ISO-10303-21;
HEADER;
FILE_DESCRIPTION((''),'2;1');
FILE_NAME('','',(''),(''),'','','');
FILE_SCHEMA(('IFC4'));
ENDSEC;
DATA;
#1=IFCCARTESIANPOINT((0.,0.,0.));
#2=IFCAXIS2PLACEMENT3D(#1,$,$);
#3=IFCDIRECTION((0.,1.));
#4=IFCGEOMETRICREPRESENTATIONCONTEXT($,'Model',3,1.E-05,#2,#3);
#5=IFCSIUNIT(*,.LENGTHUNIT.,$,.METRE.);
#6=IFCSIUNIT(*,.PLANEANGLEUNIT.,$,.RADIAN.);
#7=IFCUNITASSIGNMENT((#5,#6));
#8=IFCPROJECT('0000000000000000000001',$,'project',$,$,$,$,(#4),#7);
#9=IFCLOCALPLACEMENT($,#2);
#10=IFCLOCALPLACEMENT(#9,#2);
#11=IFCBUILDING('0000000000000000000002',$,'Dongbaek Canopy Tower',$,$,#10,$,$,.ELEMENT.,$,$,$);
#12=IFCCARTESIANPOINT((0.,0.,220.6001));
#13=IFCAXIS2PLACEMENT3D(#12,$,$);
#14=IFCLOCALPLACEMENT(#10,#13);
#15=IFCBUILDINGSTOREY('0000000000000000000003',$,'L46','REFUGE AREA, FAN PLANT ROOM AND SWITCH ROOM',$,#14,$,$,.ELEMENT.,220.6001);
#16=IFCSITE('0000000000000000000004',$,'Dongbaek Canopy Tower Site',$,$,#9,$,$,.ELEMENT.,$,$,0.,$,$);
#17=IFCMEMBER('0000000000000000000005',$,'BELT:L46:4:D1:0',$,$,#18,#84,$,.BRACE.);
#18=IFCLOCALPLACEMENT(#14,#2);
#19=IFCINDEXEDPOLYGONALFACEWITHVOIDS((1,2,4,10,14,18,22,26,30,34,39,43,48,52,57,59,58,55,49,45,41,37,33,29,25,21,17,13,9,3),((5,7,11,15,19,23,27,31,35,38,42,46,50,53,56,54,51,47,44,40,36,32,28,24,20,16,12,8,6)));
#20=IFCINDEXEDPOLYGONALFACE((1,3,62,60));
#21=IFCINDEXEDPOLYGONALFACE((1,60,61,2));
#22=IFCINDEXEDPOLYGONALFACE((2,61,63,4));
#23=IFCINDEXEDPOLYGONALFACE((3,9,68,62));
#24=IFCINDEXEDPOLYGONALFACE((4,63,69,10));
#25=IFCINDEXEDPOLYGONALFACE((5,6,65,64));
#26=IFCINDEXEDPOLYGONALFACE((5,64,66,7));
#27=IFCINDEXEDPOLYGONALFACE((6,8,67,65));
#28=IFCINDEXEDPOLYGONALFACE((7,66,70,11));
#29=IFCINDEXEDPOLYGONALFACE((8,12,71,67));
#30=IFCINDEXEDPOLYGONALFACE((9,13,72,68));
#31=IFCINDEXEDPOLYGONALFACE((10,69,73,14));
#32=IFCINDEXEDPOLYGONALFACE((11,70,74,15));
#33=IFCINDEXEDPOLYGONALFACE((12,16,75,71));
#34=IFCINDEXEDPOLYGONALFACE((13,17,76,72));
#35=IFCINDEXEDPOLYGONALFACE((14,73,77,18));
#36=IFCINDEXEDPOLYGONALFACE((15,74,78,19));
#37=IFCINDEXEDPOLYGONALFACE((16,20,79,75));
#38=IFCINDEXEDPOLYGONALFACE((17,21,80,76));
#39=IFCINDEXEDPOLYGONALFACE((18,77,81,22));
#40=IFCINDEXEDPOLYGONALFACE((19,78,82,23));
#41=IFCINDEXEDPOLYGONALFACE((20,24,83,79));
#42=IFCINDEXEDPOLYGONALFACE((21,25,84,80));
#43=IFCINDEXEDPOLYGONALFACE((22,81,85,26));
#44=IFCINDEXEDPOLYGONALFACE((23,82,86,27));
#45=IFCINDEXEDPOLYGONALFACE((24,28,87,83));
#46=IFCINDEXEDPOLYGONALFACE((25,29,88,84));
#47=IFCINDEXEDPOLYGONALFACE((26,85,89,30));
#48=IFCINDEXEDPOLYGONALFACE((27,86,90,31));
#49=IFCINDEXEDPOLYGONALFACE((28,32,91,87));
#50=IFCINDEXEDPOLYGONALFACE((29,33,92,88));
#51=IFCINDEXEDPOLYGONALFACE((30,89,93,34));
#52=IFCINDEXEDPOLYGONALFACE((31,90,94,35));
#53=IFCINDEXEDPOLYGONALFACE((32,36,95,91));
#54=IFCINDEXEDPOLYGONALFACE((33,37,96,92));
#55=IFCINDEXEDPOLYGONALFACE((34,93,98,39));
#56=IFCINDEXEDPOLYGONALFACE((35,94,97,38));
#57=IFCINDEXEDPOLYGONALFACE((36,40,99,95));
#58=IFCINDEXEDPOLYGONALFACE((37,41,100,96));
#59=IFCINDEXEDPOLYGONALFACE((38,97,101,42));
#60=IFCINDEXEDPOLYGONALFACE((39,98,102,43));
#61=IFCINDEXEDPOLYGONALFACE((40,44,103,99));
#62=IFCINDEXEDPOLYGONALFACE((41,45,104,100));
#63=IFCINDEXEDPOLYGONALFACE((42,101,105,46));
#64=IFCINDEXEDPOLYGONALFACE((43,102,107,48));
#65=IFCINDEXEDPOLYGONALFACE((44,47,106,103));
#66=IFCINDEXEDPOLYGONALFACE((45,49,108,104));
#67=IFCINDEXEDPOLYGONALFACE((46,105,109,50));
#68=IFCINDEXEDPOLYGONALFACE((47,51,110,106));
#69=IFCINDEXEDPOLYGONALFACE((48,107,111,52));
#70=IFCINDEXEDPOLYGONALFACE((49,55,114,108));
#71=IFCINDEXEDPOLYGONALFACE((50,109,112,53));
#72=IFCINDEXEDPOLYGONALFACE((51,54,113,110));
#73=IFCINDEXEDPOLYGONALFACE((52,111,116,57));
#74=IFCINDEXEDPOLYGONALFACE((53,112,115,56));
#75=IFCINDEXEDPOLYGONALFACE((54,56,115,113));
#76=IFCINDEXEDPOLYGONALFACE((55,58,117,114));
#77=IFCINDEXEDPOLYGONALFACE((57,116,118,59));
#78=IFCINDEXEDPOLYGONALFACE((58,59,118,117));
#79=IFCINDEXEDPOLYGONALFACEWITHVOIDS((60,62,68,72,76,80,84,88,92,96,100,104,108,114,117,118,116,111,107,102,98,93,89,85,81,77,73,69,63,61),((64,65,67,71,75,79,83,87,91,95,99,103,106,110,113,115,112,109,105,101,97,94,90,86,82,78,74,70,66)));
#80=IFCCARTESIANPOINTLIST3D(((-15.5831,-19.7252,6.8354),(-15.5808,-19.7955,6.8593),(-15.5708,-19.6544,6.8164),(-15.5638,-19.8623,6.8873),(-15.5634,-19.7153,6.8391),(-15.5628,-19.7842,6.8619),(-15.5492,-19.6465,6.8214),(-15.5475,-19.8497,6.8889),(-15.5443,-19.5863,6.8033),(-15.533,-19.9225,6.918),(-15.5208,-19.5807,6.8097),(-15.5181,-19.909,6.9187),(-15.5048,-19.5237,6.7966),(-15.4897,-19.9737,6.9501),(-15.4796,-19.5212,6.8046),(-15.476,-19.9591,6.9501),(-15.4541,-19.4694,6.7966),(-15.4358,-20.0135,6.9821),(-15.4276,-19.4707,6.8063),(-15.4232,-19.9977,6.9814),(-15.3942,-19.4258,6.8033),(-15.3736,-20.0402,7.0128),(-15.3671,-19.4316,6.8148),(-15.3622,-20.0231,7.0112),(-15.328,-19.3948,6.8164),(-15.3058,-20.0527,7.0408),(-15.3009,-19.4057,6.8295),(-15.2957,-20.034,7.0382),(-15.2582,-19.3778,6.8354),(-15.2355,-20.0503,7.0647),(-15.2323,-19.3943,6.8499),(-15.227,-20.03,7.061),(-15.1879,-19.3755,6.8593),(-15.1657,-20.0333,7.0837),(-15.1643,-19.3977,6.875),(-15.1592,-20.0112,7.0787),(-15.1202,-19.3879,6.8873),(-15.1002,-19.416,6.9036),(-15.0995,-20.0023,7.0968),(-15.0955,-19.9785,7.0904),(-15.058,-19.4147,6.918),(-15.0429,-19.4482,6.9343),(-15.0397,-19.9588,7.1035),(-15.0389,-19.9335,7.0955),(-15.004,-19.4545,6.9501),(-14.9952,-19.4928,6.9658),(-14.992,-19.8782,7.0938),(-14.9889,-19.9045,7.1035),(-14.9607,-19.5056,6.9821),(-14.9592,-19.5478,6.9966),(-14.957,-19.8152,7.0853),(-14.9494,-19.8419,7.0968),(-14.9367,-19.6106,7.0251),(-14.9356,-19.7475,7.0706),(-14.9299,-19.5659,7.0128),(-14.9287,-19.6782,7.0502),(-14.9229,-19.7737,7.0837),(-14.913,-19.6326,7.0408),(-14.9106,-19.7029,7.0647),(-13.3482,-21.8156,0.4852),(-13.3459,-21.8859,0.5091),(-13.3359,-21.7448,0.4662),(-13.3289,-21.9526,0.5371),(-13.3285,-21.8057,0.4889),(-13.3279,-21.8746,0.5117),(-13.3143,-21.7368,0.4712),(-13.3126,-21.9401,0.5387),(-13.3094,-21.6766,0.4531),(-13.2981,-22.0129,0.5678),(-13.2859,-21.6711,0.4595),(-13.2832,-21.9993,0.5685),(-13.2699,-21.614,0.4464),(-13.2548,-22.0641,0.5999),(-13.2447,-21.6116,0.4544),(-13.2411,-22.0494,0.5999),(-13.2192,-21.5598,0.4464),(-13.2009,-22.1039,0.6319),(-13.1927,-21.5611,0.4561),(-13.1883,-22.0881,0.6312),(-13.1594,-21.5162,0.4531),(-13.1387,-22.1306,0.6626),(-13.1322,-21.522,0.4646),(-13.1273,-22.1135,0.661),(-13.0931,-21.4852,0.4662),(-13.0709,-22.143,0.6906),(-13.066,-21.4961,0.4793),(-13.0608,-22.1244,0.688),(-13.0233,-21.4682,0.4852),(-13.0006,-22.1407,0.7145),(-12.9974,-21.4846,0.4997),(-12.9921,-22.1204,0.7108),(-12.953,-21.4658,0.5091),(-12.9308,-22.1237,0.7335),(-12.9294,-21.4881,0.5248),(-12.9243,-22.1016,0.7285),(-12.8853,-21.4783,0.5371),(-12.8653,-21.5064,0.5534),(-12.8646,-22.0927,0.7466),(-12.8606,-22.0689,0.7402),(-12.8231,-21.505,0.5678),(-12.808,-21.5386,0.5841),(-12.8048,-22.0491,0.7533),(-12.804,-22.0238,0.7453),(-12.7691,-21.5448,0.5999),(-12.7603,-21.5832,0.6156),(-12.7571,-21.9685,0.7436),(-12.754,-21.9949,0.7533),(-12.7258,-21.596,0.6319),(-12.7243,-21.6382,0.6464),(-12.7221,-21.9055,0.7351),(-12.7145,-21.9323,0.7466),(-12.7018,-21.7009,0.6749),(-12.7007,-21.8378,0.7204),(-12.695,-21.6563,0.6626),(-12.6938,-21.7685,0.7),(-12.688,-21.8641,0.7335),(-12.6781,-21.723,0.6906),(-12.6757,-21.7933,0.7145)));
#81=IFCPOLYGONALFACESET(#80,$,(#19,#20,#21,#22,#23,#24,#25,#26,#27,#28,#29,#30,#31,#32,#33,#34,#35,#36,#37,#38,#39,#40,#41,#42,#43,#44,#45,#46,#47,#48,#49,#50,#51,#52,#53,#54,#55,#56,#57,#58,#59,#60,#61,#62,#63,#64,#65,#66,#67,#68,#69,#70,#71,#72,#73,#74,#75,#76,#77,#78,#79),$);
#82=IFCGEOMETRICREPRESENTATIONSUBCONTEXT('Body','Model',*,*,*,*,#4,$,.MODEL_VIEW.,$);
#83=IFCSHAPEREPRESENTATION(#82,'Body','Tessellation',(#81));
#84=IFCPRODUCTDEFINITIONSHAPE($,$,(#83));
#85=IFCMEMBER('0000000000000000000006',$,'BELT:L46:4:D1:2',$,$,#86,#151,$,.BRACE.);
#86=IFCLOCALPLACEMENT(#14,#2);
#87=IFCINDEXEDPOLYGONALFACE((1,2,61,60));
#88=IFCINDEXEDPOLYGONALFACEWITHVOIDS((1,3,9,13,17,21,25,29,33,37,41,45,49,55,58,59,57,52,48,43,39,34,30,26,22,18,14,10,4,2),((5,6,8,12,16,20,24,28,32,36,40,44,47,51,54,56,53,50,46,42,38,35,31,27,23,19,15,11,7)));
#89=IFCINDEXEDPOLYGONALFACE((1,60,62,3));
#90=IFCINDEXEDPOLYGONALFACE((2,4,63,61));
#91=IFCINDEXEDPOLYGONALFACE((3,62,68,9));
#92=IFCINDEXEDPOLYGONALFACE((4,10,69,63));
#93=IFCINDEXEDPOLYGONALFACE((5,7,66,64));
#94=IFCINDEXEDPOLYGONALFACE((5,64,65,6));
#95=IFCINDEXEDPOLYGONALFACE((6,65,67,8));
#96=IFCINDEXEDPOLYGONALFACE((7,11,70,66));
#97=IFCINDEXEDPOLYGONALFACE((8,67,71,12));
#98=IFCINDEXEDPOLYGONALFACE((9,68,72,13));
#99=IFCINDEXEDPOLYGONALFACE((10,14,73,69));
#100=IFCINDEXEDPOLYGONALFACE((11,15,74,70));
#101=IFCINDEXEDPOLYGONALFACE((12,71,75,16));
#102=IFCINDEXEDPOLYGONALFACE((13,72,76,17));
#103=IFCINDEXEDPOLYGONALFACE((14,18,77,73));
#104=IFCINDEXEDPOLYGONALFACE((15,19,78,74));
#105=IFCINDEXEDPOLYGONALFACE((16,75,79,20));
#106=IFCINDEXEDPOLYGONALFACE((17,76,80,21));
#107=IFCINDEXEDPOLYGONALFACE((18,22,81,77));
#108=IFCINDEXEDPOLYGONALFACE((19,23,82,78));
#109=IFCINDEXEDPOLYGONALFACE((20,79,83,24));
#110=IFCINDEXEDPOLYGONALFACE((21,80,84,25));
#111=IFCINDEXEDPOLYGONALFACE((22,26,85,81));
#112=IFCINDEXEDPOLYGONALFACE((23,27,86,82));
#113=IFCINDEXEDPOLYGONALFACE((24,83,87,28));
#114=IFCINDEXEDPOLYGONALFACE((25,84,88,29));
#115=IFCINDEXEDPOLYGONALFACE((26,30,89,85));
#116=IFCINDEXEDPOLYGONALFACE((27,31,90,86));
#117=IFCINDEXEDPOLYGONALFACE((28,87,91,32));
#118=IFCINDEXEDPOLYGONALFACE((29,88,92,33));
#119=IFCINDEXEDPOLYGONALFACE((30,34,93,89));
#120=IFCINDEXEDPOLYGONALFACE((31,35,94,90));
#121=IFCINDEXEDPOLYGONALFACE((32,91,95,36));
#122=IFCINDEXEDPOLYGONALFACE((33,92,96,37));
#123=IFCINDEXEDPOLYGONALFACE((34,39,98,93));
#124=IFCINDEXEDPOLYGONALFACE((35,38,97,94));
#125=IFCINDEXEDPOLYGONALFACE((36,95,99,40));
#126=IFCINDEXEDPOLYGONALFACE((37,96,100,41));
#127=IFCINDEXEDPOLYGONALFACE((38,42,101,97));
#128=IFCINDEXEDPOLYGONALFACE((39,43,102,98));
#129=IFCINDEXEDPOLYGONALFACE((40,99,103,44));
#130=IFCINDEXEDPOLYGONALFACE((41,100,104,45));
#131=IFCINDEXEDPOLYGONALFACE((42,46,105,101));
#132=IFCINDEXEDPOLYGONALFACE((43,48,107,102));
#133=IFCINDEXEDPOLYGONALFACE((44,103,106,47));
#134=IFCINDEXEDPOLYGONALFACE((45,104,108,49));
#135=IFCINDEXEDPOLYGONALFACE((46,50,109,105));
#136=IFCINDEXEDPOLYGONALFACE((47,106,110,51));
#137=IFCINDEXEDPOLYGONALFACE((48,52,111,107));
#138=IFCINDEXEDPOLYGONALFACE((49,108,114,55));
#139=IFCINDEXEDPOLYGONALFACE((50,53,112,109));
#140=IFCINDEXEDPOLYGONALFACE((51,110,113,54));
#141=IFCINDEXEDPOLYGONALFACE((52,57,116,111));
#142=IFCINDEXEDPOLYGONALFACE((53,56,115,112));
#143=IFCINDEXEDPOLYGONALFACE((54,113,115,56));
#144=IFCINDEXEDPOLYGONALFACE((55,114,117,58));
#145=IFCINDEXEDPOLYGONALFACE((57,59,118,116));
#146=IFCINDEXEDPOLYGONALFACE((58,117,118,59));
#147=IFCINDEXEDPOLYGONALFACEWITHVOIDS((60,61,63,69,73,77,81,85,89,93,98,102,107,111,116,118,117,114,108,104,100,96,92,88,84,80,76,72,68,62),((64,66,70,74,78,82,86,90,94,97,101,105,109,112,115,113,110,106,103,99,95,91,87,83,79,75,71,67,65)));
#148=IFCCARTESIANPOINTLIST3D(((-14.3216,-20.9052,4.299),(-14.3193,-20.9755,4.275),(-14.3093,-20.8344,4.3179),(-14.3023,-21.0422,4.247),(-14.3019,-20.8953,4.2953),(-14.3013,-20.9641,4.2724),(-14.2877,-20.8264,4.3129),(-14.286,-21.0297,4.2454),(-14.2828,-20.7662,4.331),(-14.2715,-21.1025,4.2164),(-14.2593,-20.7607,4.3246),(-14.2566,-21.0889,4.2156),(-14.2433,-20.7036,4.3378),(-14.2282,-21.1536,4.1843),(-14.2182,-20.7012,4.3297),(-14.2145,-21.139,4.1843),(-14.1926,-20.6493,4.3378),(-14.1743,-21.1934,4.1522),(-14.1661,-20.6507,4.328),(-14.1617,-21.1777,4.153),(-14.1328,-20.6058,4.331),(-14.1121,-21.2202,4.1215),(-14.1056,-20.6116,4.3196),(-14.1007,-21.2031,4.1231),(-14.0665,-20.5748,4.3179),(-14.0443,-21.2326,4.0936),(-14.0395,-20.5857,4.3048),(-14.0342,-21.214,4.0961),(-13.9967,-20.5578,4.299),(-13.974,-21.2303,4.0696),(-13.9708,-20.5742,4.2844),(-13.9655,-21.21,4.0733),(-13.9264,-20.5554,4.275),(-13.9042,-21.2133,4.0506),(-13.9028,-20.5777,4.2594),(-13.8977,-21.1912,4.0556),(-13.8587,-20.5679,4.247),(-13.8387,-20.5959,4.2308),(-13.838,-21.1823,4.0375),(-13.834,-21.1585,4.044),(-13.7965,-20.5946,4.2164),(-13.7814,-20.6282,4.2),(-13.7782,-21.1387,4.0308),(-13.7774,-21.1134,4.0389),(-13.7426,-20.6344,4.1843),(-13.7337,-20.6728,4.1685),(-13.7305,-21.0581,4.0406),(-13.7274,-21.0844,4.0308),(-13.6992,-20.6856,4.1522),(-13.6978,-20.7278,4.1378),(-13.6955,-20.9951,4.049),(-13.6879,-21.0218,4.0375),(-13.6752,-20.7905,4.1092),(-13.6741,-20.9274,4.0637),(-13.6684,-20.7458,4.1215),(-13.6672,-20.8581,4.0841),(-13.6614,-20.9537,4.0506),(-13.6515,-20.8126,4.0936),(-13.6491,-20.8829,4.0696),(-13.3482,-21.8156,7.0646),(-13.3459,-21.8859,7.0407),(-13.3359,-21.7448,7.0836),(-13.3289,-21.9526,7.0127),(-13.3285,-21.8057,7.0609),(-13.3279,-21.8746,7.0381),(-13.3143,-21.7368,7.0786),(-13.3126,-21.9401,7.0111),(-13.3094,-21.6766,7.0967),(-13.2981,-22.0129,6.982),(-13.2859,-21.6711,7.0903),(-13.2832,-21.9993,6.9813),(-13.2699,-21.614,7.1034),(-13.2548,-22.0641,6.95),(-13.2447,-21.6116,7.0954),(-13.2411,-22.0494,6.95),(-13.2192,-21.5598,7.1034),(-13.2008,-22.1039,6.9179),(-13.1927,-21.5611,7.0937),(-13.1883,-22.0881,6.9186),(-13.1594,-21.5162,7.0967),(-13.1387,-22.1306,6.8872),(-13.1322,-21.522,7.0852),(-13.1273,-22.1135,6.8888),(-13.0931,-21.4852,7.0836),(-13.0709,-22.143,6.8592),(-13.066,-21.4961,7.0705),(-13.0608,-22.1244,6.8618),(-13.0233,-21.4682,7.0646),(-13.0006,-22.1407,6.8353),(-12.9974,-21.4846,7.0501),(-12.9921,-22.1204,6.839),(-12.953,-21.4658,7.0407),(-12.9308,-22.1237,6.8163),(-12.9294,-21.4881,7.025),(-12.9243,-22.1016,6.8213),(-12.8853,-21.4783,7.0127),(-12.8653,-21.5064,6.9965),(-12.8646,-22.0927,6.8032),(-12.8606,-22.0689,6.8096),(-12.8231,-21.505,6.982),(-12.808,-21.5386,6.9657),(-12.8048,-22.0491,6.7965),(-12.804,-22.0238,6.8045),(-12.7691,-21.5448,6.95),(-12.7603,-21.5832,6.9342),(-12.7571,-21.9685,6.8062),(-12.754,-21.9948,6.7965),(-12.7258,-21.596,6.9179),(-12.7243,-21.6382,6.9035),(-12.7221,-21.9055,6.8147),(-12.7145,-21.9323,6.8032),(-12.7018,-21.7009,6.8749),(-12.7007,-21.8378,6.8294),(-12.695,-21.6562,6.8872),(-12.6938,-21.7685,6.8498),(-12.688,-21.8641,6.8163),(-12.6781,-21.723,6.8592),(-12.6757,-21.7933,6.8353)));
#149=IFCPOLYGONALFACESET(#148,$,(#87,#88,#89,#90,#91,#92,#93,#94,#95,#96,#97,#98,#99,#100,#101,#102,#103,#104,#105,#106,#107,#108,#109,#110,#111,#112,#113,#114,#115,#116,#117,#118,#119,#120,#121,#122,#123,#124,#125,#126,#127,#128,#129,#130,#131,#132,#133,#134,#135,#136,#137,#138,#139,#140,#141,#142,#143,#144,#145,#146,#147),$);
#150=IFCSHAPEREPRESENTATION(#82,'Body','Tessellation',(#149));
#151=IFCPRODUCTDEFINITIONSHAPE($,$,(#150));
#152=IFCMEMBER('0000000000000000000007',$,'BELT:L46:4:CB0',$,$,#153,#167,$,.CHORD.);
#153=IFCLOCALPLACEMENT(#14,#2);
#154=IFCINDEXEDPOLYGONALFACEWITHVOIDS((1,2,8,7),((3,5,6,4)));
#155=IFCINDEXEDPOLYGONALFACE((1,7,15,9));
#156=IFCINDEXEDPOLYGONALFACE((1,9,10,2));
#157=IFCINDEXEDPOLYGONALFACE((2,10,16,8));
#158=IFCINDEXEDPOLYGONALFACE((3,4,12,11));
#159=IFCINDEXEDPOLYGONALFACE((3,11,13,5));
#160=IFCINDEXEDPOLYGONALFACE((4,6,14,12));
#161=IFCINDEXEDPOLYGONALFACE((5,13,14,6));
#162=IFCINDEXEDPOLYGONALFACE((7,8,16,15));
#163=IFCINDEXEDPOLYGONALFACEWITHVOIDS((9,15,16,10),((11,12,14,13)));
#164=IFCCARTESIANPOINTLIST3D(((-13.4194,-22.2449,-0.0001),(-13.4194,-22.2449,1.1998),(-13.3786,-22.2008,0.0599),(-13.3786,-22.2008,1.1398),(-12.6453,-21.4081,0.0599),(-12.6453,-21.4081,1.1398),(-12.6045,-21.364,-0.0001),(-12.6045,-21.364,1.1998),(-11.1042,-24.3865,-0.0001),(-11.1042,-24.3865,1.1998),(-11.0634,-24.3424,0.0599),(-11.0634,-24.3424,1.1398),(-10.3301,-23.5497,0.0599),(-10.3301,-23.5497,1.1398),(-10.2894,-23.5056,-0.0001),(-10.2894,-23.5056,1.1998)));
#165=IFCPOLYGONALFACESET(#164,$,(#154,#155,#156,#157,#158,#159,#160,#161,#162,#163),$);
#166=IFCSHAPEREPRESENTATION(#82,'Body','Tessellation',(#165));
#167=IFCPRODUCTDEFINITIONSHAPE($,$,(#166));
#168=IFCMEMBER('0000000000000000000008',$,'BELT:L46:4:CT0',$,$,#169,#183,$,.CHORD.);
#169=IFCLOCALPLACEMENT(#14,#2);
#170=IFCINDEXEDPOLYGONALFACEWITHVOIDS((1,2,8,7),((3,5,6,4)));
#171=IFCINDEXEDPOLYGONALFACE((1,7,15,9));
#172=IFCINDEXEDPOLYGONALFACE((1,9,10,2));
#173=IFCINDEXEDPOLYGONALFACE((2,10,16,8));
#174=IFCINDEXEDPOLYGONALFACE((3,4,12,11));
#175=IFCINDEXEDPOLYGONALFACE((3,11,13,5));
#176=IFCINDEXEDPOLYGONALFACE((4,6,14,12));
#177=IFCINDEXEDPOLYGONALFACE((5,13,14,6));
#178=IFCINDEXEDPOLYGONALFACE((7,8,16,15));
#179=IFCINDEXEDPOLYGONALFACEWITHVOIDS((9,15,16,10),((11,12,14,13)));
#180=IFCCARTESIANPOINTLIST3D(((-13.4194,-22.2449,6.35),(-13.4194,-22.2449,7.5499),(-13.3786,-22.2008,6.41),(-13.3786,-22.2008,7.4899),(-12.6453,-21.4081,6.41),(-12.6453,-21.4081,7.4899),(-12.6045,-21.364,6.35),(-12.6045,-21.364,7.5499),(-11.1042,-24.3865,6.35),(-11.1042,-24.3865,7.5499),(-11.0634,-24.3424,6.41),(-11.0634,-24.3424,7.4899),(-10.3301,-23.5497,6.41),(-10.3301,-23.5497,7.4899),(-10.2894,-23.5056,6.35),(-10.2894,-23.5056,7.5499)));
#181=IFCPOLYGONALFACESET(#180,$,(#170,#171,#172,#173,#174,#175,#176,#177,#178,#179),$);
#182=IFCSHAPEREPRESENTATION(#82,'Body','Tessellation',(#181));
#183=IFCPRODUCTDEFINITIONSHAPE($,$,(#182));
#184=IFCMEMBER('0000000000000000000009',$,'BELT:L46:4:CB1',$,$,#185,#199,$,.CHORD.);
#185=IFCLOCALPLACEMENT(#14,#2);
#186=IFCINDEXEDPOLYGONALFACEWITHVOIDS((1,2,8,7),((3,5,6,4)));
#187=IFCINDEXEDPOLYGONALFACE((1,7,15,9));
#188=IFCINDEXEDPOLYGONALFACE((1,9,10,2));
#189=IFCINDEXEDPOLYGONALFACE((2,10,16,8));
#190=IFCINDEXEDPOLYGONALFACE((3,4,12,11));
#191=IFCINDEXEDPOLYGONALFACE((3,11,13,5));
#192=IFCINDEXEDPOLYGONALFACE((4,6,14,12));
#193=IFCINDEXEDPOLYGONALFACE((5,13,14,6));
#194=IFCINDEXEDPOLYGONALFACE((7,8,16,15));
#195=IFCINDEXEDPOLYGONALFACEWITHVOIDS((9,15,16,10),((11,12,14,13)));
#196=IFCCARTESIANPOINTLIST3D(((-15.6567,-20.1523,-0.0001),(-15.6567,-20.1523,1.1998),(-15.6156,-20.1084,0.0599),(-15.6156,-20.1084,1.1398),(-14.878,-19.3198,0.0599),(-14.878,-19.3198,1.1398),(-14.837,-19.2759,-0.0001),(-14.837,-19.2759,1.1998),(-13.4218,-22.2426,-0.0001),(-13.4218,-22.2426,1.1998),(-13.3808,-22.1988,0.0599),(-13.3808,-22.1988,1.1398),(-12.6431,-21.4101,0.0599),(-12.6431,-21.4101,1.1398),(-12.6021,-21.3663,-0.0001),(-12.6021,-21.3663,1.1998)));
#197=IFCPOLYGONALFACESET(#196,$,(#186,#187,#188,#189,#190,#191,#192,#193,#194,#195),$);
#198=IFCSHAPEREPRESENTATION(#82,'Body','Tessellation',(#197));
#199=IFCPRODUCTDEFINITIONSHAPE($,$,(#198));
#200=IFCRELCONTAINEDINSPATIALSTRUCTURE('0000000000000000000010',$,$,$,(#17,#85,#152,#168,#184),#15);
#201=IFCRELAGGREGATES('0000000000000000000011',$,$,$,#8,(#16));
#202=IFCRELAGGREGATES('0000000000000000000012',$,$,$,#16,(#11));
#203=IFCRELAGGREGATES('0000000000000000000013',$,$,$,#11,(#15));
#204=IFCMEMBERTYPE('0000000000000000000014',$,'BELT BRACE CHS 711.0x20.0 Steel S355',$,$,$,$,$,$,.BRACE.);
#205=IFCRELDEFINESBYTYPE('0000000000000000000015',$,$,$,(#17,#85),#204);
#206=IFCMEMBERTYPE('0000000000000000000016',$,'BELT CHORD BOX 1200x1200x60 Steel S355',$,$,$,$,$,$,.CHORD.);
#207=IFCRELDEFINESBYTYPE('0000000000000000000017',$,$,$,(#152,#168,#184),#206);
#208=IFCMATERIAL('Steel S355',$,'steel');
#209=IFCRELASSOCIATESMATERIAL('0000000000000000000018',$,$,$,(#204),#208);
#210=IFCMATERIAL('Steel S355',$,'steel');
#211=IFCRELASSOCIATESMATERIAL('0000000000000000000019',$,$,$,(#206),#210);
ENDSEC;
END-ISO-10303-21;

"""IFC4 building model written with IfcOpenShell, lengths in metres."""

from ifc_helpers import new_model, si_unit, direction, frame, origin, origin_2d, place, context, subcontext, project, spatial, hollow_rectangle, hollow_circle, extrude, material, material_profile, profile_set, type_object, element, save


model = new_model("IFC4")

# Units and contexts
model_context = context("Model", 3, precision=1e-05, world=origin(), true_north=direction((0.0, 1.0)))
body_context = subcontext(model_context, "Body", "Model", "MODEL_VIEW")
ifc_project = project(units=[si_unit("LENGTHUNIT", "METRE"), si_unit("PLANEANGLEUNIT", "RADIAN")], contexts=[model_context])

# Site, building, storey
site_placement = place(None, origin())
site = spatial("IfcSite", under=ifc_project, at=site_placement, Name="Dongbaek Canopy Tower Site", CompositionType="ELEMENT", RefElevation=0.0)
building_placement = place(site_placement, origin())
building = spatial("IfcBuilding", under=site, at=building_placement, Name="Dongbaek Canopy Tower", CompositionType="ELEMENT")
storey_placement = place(building_placement, frame((0.0, 0.0, 220.6001)))
storey = spatial("IfcBuildingStorey", under=building, at=storey_placement, Name="L46", Description="REFUGE AREA, FAN PLANT ROOM AND SWITCH ROOM", CompositionType="ELEMENT", Elevation=220.6001)

# Members
ifc_material_1 = material(Name="Steel S355", Category="steel")
ifc_material_profile_1 = material_profile(ifc_material_1, hollow_circle(Radius=0.3555, WallThickness=0.02, at=origin_2d()), Name="BELT BRACE CHS 711.0x20.0 Steel S355")
ifc_profile_set_1 = profile_set([ifc_material_profile_1], Name="Steel S355")
member_type_1 = type_object("IfcMemberType", Name="BELT BRACE CHS 711.0x20.0 Steel S355", PredefinedType="BRACE", material=ifc_profile_set_1)
member_1_placement = place(storey_placement, frame((-13.012, -21.8044, 0.5999), z_axis=(-0.317049, 0.296545, 0.900856), x_axis=(-0.683097, -0.730328, 0.0)))
element("IfcMember", 1, at=member_1_placement, inside=storey, type_object=member_type_1, Name="BELT:L46:4:D1:0", PredefinedType="BRACE", context=body_context, shape_type="SweptSolid", body=[
    extrude(hollow_circle(Radius=0.3555, WallThickness=0.02, at=origin_2d()), origin(), (0.0, 0.0, 1.0), 7.0491),
])
member_2_placement = place(storey_placement, frame((-13.012, -21.8044, 6.95), z_axis=(-0.317063, 0.296546, -0.90085), x_axis=(-0.683081, -0.730342, 0.0)))
element("IfcMember", 2, at=member_2_placement, inside=storey, type_object=member_type_1, Name="BELT:L46:4:D1:2", PredefinedType="BRACE", context=body_context, shape_type="SweptSolid", body=[
    extrude(hollow_circle(Radius=0.3555, WallThickness=0.02, at=origin_2d()), origin(), (0.0, 0.0, 1.0), 3.0701),
])
ifc_material_2 = material(Name="Steel S355", Category="steel")
ifc_material_profile_2 = material_profile(ifc_material_2, hollow_rectangle(XDim=1.2, YDim=1.2, WallThickness=0.0601, at=origin_2d()), Name="BELT CHORD BOX 1200x1200x60 Steel S355")
ifc_profile_set_2 = profile_set([ifc_material_profile_2], Name="Steel S355")
member_type_2 = type_object("IfcMemberType", Name="BELT CHORD BOX 1200x1200x60 Steel S355", PredefinedType="CHORD", material=ifc_profile_set_2)
for number, where, z_axis, x_axis, name in (
    (3, (-10.6968, -23.946, 0.5999), (-0.734091, 0.679051, 0.0), (-0.679051, -0.734091, 0.0), "BELT:L46:4:CB0"),
    (4, (-10.6968, -23.946, 6.95), (-0.734091, 0.679051, 0.0), (-0.679051, -0.734091, 0.0), "BELT:L46:4:CT0"),
):
    element("IfcMember", number, at=place(storey_placement, frame(where, z_axis=z_axis, x_axis=x_axis)), inside=storey, type_object=member_type_2, Name=name, PredefinedType="CHORD", context=body_context, shape_type="SweptSolid", body=[
        extrude(hollow_rectangle(XDim=1.2, YDim=1.2, WallThickness=0.0601, at=origin_2d()), origin(), (0.0, 0.0, 1.0), 3.1538),
    ])
for number, where, z_axis, x_axis, name in (
    (5, (-13.012, -21.8044, 0.5999), (-0.730328, 0.683097, 0.0), (-0.683097, -0.730328, 0.0), "BELT:L46:4:CB1"),
):
    element("IfcMember", number, at=place(storey_placement, frame(where, z_axis=z_axis, x_axis=x_axis)), inside=storey, type_object=member_type_2, Name=name, PredefinedType="CHORD", context=body_context, shape_type="SweptSolid", body=[
        extrude(hollow_rectangle(XDim=1.2, YDim=1.2, WallThickness=0.0601, at=origin_2d()), origin(), (0.0, 0.0, 1.0), 3.0601),
    ])

save(model, "model.ifc")
